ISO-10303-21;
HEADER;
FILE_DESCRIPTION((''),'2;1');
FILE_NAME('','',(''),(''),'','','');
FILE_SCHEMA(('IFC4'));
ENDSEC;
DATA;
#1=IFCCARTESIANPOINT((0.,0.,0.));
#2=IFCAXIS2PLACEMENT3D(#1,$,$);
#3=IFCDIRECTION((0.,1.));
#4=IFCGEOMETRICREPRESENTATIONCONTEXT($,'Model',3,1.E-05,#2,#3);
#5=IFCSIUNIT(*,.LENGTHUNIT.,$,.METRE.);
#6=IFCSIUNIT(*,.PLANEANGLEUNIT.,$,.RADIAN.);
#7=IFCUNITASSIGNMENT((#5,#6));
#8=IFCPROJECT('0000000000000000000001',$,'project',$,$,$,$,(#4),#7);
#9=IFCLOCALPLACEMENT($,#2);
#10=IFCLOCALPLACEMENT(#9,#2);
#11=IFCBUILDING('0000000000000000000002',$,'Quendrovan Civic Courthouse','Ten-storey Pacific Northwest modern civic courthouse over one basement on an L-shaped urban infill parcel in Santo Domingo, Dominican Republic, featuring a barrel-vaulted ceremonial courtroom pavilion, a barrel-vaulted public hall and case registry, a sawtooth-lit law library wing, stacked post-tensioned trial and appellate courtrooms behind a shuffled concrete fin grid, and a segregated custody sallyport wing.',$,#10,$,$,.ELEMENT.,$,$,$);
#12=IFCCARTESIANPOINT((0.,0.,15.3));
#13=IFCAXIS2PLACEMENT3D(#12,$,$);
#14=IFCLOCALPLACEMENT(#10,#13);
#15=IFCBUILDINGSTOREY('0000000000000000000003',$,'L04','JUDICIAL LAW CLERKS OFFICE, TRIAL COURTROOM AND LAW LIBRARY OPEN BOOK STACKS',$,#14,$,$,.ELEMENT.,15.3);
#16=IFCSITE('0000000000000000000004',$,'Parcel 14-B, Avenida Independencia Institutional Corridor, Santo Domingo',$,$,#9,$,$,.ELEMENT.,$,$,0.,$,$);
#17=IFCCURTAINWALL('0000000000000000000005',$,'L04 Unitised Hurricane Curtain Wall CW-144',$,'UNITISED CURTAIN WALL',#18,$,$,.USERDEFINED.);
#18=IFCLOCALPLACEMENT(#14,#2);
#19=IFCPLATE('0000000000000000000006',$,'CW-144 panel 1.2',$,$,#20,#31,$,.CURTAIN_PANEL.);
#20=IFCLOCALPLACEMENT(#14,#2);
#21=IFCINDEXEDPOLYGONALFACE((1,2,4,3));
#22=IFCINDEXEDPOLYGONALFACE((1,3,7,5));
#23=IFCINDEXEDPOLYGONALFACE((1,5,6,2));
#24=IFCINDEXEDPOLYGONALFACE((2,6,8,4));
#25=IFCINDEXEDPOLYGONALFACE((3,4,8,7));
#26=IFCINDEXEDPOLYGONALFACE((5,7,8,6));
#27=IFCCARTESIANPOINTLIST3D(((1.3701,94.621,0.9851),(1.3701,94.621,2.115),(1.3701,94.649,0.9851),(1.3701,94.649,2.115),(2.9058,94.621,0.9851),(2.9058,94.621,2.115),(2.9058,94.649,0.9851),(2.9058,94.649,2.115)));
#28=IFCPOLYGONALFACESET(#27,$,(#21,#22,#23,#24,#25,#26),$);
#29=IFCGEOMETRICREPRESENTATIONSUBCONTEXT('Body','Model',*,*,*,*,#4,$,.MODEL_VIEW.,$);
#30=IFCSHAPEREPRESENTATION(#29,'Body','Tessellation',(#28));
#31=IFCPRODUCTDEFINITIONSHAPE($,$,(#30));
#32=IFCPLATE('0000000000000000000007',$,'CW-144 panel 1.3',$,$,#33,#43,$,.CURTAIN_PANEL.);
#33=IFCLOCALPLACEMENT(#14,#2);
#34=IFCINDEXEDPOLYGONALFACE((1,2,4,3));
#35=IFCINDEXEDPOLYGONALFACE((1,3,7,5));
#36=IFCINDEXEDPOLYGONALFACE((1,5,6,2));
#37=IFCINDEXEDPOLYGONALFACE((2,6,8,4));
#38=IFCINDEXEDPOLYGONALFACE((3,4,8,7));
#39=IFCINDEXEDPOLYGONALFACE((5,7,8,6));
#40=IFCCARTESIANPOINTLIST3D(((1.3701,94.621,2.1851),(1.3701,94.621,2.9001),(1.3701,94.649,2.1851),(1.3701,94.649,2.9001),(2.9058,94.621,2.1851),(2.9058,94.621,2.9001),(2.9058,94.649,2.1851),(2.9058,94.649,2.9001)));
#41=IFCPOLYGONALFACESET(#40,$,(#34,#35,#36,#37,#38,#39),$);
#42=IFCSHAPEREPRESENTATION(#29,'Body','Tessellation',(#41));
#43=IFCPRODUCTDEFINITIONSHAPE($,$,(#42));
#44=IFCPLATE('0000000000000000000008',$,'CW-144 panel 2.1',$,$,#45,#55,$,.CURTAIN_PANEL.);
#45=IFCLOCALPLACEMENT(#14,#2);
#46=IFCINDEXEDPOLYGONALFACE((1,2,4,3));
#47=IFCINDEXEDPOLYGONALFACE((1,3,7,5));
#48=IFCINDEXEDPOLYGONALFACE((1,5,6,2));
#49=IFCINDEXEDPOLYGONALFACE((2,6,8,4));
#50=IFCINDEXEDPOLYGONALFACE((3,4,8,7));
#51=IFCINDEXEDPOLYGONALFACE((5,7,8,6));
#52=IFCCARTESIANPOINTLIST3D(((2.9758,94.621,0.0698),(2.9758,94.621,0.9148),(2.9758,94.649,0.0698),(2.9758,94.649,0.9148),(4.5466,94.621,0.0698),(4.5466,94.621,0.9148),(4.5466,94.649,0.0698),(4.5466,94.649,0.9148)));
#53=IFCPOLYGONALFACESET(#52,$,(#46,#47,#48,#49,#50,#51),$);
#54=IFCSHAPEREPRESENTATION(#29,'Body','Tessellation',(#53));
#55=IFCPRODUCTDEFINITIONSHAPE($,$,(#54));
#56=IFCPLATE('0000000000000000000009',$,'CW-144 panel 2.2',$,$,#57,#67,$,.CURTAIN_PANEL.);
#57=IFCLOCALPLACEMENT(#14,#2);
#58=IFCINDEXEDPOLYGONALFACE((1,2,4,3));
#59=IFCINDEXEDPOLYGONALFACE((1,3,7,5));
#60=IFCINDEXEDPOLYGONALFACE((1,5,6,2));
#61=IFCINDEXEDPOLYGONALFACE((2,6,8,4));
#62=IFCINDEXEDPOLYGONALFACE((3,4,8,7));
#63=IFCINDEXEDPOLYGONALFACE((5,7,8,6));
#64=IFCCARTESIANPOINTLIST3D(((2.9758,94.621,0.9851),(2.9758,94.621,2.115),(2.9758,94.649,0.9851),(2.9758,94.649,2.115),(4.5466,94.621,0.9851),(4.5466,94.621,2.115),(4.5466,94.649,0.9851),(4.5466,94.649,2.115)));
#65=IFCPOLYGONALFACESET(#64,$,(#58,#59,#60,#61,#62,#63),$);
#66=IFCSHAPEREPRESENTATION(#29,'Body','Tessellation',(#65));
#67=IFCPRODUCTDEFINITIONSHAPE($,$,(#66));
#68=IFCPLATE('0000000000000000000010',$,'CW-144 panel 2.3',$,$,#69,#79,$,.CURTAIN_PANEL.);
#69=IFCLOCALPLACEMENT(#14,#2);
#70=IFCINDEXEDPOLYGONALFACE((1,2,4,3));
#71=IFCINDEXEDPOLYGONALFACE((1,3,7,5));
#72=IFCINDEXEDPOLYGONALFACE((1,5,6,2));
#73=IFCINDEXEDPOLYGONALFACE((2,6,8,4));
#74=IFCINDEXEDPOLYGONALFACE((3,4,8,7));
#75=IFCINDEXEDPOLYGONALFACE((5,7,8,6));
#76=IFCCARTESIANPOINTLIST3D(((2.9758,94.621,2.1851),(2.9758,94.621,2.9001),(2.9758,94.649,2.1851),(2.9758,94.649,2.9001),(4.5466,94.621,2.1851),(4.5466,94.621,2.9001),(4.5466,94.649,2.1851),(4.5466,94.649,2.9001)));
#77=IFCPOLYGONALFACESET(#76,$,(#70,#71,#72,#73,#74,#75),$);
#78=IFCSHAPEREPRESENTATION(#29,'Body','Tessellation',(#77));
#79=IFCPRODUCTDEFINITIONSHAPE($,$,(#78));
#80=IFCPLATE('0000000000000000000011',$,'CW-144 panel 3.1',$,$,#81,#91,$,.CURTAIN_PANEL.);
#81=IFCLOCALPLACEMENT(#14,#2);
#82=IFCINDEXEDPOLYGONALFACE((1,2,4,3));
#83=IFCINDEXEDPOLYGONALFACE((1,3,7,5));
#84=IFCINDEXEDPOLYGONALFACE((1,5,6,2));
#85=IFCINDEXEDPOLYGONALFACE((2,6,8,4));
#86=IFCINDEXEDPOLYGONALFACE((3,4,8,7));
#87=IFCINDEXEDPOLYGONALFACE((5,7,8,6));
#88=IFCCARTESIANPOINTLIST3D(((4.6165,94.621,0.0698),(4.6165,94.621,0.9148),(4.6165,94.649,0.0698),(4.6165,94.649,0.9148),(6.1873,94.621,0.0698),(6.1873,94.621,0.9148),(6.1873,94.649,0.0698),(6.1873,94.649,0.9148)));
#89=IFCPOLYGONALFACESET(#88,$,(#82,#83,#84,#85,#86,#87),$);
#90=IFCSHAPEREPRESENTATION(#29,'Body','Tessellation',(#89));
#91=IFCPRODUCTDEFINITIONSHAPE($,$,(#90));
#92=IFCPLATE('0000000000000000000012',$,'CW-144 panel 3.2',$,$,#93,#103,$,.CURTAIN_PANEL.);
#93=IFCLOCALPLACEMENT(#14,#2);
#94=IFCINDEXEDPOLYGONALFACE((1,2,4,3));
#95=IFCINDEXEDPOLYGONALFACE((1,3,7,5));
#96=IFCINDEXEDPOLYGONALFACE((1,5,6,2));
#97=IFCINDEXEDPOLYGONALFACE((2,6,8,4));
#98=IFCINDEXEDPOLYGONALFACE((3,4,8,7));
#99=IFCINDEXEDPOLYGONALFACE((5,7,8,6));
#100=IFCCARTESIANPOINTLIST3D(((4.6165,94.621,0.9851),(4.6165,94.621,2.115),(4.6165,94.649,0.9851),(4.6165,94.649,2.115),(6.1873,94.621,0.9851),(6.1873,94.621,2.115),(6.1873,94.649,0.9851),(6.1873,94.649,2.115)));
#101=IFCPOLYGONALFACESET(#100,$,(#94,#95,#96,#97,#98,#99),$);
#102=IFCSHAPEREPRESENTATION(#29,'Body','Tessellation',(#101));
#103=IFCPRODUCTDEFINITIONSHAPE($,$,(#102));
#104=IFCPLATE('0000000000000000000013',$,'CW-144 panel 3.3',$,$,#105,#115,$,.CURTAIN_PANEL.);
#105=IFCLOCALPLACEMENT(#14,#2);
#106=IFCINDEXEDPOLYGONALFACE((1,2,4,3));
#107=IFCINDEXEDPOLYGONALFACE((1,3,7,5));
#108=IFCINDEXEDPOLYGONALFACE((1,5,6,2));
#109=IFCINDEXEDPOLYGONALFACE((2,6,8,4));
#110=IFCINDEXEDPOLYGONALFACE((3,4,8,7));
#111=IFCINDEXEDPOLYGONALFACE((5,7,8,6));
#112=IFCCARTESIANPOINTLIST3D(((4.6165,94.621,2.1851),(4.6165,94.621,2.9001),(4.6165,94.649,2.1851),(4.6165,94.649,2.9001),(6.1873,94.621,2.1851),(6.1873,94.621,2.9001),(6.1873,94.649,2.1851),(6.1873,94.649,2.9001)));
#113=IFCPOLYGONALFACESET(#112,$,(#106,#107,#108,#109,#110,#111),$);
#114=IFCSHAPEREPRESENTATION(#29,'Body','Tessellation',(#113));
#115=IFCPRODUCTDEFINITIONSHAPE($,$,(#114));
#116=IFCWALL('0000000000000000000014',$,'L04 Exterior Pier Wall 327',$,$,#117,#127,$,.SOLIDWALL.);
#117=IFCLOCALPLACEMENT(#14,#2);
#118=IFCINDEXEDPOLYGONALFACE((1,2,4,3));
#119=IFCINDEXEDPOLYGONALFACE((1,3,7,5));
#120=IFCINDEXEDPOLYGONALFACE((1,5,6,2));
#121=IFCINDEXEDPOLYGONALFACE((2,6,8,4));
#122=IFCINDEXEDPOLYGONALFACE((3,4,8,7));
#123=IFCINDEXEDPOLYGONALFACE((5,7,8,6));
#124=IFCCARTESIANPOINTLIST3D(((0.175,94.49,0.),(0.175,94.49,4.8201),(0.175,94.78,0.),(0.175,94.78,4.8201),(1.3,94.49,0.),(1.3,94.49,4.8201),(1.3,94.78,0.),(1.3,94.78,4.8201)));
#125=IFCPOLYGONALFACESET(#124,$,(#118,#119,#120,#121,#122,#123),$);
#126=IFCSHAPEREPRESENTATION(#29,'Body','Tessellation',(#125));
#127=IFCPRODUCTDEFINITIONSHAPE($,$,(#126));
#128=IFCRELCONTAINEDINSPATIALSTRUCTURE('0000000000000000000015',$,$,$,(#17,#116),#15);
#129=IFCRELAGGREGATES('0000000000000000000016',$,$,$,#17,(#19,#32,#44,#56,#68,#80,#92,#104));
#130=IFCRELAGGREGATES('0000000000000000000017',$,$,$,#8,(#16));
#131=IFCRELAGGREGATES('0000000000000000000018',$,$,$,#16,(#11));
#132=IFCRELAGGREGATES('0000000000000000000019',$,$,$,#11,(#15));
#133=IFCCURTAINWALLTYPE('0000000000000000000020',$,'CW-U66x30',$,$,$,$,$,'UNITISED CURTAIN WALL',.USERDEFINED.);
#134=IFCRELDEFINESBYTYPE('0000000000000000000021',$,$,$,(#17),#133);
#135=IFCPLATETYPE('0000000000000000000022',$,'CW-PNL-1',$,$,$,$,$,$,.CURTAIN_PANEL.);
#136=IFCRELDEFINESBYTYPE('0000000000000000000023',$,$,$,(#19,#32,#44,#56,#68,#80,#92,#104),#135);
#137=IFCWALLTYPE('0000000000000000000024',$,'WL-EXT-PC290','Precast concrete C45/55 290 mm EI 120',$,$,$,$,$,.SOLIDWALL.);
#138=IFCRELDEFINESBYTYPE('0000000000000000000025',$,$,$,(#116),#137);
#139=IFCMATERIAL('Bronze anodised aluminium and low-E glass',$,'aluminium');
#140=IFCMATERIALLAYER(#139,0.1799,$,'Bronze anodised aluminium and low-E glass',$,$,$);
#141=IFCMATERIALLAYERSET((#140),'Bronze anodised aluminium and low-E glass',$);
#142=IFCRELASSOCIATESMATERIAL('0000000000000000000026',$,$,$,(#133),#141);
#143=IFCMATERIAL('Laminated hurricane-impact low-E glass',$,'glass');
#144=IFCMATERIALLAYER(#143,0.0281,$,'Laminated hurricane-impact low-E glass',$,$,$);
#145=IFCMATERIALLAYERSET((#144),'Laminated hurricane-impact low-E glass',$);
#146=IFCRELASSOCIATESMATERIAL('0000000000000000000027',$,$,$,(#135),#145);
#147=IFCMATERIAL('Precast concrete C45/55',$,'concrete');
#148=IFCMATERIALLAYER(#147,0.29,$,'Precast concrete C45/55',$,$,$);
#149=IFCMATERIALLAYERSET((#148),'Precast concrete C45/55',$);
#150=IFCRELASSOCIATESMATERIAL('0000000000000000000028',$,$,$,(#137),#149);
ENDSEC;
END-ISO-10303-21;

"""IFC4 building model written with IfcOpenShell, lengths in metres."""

from ifc_helpers import new_model, si_unit, direction, frame, frame_2d, origin, origin_2d, place, context, subcontext, project, spatial, rectangle, extrude, material, layer, layer_set, type_object, element, aggregate, save


model = new_model("IFC4")

# Units and contexts
model_context = context("Model", 3, precision=1e-05, world=origin(), true_north=direction((0.0, 1.0)))
body_context = subcontext(model_context, "Body", "Model", "MODEL_VIEW")
ifc_project = project(units=[si_unit("LENGTHUNIT", "METRE"), si_unit("PLANEANGLEUNIT", "RADIAN")], contexts=[model_context])

# Site, building, storey
site_placement = place(None, origin())
site = spatial("IfcSite", under=ifc_project, at=site_placement, Name="Parcel 14-B, Avenida Independencia Institutional Corridor, Santo Domingo", CompositionType="ELEMENT", RefElevation=0.0)
building_placement = place(site_placement, origin())
building = spatial("IfcBuilding", under=site, at=building_placement, Name="Quendrovan Civic Courthouse", Description="Ten-storey Pacific Northwest modern civic courthouse over one basement on an L-shaped urban infill parcel in Santo Domingo, Dominican Republic, featuring a barrel-vaulted ceremonial courtroom pavilion, a barrel-vaulted public hall and case registry, a sawtooth-lit law library wing, stacked post-tensioned trial and appellate courtrooms behind a shuffled concrete fin grid, and a segregated custody sallyport wing.", CompositionType="ELEMENT")
storey_placement = place(building_placement, frame((0.0, 0.0, 15.3)))
storey = spatial("IfcBuildingStorey", under=building, at=storey_placement, Name="L04", Description="JUDICIAL LAW CLERKS OFFICE, TRIAL COURTROOM AND LAW LIBRARY OPEN BOOK STACKS", CompositionType="ELEMENT", Elevation=15.3)

# Curtain wall, plates
ifc_material_1 = material(Name="Bronze anodised aluminium and low-E glass", Category="aluminium")
ifc_layer_1 = layer(ifc_material_1, 0.1799, Name="Bronze anodised aluminium and low-E glass")
ifc_layer_set_1 = layer_set([ifc_layer_1], Name="Bronze anodised aluminium and low-E glass")
curtain_wall_type = type_object("IfcCurtainWallType", Name="CW-U66x30", ElementType="UNITISED CURTAIN WALL", PredefinedType="USERDEFINED", material=ifc_layer_set_1)
curtain_wall_placement = place(storey_placement, origin())
curtain_wall = element("IfcCurtainWall", 1, at=curtain_wall_placement, inside=storey, type_object=curtain_wall_type, Name="L04 Unitised Hurricane Curtain Wall CW-144", ObjectType="UNITISED CURTAIN WALL", PredefinedType="USERDEFINED")
ifc_material_2 = material(Name="Laminated hurricane-impact low-E glass", Category="glass")
ifc_layer_2 = layer(ifc_material_2, 0.0281, Name="Laminated hurricane-impact low-E glass")
ifc_layer_set_2 = layer_set([ifc_layer_2], Name="Laminated hurricane-impact low-E glass")
plate_type = type_object("IfcPlateType", Name="CW-PNL-1", PredefinedType="CURTAIN_PANEL", material=ifc_layer_set_2)
plate_1_placement = place(storey_placement, frame((2.1379, 94.635, 0.9851), z_axis=(0.0, 0.0, 1.0), x_axis=(1.0, 0.0, 0.0)))
plate_1 = element("IfcPlate", 2, at=plate_1_placement, type_object=plate_type, Name="CW-144 panel 1.2", PredefinedType="CURTAIN_PANEL", context=body_context, shape_type="SweptSolid", body=[
    extrude(rectangle(XDim=1.5356, YDim=0.0281, at=origin_2d()), origin(), (0.0, 0.0, 1.0), 1.1299),
])
plate_2_placement = place(storey_placement, frame((2.1379, 94.635, 2.1851), z_axis=(0.0, 0.0, 1.0), x_axis=(1.0, 0.0, 0.0)))
plate_2 = element("IfcPlate", 3, at=plate_2_placement, type_object=plate_type, Name="CW-144 panel 1.3", PredefinedType="CURTAIN_PANEL", context=body_context, shape_type="SweptSolid", body=[
    extrude(rectangle(XDim=1.5356, YDim=0.0281, at=origin_2d()), origin(), (0.0, 0.0, 1.0), 0.7151),
])
plate_3_placement = place(storey_placement, frame((3.7612, 94.635, 0.0698), z_axis=(0.0, 0.0, 1.0), x_axis=(1.0, 0.0, 0.0)))
plate_3 = element("IfcPlate", 4, at=plate_3_placement, type_object=plate_type, Name="CW-144 panel 2.1", PredefinedType="CURTAIN_PANEL", context=body_context, shape_type="SweptSolid", body=[
    extrude(rectangle(XDim=1.5708, YDim=0.0281, at=origin_2d()), origin(), (0.0, 0.0, 1.0), 0.845),
])
plate_4_placement = place(storey_placement, frame((3.7612, 94.635, 0.9851), z_axis=(0.0, 0.0, 1.0), x_axis=(1.0, 0.0, 0.0)))
plate_4 = element("IfcPlate", 5, at=plate_4_placement, type_object=plate_type, Name="CW-144 panel 2.2", PredefinedType="CURTAIN_PANEL", context=body_context, shape_type="SweptSolid", body=[
    extrude(rectangle(XDim=1.5708, YDim=0.0281, at=origin_2d()), origin(), (0.0, 0.0, 1.0), 1.1299),
])
plate_5_placement = place(storey_placement, frame((3.7612, 94.635, 2.1851), z_axis=(0.0, 0.0, 1.0), x_axis=(1.0, 0.0, 0.0)))
plate_5 = element("IfcPlate", 6, at=plate_5_placement, type_object=plate_type, Name="CW-144 panel 2.3", PredefinedType="CURTAIN_PANEL", context=body_context, shape_type="SweptSolid", body=[
    extrude(rectangle(XDim=1.5708, YDim=0.0281, at=origin_2d()), origin(), (0.0, 0.0, 1.0), 0.7151),
])
plate_6_placement = place(storey_placement, frame((5.4019, 94.635, 0.0698), z_axis=(0.0, 0.0, 1.0), x_axis=(1.0, 0.0, 0.0)))
plate_6 = element("IfcPlate", 7, at=plate_6_placement, type_object=plate_type, Name="CW-144 panel 3.1", PredefinedType="CURTAIN_PANEL", context=body_context, shape_type="SweptSolid", body=[
    extrude(rectangle(XDim=1.5708, YDim=0.0281, at=origin_2d()), origin(), (0.0, 0.0, 1.0), 0.845),
])
plate_7_placement = place(storey_placement, frame((5.4019, 94.635, 0.9851), z_axis=(0.0, 0.0, 1.0), x_axis=(1.0, 0.0, 0.0)))
plate_7 = element("IfcPlate", 8, at=plate_7_placement, type_object=plate_type, Name="CW-144 panel 3.2", PredefinedType="CURTAIN_PANEL", context=body_context, shape_type="SweptSolid", body=[
    extrude(rectangle(XDim=1.5708, YDim=0.0281, at=origin_2d()), origin(), (0.0, 0.0, 1.0), 1.1299),
])
plate_8_placement = place(storey_placement, frame((5.4019, 94.635, 2.1851), z_axis=(0.0, 0.0, 1.0), x_axis=(1.0, 0.0, 0.0)))
plate_8 = element("IfcPlate", 9, at=plate_8_placement, type_object=plate_type, Name="CW-144 panel 3.3", PredefinedType="CURTAIN_PANEL", context=body_context, shape_type="SweptSolid", body=[
    extrude(rectangle(XDim=1.5708, YDim=0.0281, at=origin_2d()), origin(), (0.0, 0.0, 1.0), 0.7151),
])
aggregate(curtain_wall, [plate_1, plate_2, plate_3, plate_4, plate_5, plate_6, plate_7, plate_8])

# Wall
ifc_material_3 = material(Name="Precast concrete C45/55", Category="concrete")
ifc_layer_3 = layer(ifc_material_3, 0.29, Name="Precast concrete C45/55")
ifc_layer_set_3 = layer_set([ifc_layer_3], Name="Precast concrete C45/55")
wall_type = type_object("IfcWallType", Name="WL-EXT-PC290", Description="Precast concrete C45/55 290 mm EI 120", PredefinedType="SOLIDWALL", material=ifc_layer_set_3)
wall_placement = place(storey_placement, frame((0.175, 94.635, 0.0), z_axis=(0.0, 0.0, 1.0), x_axis=(1.0, 0.0, 0.0)))
element("IfcWall", 10, at=wall_placement, inside=storey, type_object=wall_type, Name="L04 Exterior Pier Wall 327", PredefinedType="SOLIDWALL", context=body_context, shape_type="SweptSolid", body=[
    extrude(rectangle(XDim=1.125, YDim=0.29, at=frame_2d((0.5625, 0.0))), origin(), (0.0, 0.0, 1.0), 4.8201),
])

save(model, "model.ifc")
